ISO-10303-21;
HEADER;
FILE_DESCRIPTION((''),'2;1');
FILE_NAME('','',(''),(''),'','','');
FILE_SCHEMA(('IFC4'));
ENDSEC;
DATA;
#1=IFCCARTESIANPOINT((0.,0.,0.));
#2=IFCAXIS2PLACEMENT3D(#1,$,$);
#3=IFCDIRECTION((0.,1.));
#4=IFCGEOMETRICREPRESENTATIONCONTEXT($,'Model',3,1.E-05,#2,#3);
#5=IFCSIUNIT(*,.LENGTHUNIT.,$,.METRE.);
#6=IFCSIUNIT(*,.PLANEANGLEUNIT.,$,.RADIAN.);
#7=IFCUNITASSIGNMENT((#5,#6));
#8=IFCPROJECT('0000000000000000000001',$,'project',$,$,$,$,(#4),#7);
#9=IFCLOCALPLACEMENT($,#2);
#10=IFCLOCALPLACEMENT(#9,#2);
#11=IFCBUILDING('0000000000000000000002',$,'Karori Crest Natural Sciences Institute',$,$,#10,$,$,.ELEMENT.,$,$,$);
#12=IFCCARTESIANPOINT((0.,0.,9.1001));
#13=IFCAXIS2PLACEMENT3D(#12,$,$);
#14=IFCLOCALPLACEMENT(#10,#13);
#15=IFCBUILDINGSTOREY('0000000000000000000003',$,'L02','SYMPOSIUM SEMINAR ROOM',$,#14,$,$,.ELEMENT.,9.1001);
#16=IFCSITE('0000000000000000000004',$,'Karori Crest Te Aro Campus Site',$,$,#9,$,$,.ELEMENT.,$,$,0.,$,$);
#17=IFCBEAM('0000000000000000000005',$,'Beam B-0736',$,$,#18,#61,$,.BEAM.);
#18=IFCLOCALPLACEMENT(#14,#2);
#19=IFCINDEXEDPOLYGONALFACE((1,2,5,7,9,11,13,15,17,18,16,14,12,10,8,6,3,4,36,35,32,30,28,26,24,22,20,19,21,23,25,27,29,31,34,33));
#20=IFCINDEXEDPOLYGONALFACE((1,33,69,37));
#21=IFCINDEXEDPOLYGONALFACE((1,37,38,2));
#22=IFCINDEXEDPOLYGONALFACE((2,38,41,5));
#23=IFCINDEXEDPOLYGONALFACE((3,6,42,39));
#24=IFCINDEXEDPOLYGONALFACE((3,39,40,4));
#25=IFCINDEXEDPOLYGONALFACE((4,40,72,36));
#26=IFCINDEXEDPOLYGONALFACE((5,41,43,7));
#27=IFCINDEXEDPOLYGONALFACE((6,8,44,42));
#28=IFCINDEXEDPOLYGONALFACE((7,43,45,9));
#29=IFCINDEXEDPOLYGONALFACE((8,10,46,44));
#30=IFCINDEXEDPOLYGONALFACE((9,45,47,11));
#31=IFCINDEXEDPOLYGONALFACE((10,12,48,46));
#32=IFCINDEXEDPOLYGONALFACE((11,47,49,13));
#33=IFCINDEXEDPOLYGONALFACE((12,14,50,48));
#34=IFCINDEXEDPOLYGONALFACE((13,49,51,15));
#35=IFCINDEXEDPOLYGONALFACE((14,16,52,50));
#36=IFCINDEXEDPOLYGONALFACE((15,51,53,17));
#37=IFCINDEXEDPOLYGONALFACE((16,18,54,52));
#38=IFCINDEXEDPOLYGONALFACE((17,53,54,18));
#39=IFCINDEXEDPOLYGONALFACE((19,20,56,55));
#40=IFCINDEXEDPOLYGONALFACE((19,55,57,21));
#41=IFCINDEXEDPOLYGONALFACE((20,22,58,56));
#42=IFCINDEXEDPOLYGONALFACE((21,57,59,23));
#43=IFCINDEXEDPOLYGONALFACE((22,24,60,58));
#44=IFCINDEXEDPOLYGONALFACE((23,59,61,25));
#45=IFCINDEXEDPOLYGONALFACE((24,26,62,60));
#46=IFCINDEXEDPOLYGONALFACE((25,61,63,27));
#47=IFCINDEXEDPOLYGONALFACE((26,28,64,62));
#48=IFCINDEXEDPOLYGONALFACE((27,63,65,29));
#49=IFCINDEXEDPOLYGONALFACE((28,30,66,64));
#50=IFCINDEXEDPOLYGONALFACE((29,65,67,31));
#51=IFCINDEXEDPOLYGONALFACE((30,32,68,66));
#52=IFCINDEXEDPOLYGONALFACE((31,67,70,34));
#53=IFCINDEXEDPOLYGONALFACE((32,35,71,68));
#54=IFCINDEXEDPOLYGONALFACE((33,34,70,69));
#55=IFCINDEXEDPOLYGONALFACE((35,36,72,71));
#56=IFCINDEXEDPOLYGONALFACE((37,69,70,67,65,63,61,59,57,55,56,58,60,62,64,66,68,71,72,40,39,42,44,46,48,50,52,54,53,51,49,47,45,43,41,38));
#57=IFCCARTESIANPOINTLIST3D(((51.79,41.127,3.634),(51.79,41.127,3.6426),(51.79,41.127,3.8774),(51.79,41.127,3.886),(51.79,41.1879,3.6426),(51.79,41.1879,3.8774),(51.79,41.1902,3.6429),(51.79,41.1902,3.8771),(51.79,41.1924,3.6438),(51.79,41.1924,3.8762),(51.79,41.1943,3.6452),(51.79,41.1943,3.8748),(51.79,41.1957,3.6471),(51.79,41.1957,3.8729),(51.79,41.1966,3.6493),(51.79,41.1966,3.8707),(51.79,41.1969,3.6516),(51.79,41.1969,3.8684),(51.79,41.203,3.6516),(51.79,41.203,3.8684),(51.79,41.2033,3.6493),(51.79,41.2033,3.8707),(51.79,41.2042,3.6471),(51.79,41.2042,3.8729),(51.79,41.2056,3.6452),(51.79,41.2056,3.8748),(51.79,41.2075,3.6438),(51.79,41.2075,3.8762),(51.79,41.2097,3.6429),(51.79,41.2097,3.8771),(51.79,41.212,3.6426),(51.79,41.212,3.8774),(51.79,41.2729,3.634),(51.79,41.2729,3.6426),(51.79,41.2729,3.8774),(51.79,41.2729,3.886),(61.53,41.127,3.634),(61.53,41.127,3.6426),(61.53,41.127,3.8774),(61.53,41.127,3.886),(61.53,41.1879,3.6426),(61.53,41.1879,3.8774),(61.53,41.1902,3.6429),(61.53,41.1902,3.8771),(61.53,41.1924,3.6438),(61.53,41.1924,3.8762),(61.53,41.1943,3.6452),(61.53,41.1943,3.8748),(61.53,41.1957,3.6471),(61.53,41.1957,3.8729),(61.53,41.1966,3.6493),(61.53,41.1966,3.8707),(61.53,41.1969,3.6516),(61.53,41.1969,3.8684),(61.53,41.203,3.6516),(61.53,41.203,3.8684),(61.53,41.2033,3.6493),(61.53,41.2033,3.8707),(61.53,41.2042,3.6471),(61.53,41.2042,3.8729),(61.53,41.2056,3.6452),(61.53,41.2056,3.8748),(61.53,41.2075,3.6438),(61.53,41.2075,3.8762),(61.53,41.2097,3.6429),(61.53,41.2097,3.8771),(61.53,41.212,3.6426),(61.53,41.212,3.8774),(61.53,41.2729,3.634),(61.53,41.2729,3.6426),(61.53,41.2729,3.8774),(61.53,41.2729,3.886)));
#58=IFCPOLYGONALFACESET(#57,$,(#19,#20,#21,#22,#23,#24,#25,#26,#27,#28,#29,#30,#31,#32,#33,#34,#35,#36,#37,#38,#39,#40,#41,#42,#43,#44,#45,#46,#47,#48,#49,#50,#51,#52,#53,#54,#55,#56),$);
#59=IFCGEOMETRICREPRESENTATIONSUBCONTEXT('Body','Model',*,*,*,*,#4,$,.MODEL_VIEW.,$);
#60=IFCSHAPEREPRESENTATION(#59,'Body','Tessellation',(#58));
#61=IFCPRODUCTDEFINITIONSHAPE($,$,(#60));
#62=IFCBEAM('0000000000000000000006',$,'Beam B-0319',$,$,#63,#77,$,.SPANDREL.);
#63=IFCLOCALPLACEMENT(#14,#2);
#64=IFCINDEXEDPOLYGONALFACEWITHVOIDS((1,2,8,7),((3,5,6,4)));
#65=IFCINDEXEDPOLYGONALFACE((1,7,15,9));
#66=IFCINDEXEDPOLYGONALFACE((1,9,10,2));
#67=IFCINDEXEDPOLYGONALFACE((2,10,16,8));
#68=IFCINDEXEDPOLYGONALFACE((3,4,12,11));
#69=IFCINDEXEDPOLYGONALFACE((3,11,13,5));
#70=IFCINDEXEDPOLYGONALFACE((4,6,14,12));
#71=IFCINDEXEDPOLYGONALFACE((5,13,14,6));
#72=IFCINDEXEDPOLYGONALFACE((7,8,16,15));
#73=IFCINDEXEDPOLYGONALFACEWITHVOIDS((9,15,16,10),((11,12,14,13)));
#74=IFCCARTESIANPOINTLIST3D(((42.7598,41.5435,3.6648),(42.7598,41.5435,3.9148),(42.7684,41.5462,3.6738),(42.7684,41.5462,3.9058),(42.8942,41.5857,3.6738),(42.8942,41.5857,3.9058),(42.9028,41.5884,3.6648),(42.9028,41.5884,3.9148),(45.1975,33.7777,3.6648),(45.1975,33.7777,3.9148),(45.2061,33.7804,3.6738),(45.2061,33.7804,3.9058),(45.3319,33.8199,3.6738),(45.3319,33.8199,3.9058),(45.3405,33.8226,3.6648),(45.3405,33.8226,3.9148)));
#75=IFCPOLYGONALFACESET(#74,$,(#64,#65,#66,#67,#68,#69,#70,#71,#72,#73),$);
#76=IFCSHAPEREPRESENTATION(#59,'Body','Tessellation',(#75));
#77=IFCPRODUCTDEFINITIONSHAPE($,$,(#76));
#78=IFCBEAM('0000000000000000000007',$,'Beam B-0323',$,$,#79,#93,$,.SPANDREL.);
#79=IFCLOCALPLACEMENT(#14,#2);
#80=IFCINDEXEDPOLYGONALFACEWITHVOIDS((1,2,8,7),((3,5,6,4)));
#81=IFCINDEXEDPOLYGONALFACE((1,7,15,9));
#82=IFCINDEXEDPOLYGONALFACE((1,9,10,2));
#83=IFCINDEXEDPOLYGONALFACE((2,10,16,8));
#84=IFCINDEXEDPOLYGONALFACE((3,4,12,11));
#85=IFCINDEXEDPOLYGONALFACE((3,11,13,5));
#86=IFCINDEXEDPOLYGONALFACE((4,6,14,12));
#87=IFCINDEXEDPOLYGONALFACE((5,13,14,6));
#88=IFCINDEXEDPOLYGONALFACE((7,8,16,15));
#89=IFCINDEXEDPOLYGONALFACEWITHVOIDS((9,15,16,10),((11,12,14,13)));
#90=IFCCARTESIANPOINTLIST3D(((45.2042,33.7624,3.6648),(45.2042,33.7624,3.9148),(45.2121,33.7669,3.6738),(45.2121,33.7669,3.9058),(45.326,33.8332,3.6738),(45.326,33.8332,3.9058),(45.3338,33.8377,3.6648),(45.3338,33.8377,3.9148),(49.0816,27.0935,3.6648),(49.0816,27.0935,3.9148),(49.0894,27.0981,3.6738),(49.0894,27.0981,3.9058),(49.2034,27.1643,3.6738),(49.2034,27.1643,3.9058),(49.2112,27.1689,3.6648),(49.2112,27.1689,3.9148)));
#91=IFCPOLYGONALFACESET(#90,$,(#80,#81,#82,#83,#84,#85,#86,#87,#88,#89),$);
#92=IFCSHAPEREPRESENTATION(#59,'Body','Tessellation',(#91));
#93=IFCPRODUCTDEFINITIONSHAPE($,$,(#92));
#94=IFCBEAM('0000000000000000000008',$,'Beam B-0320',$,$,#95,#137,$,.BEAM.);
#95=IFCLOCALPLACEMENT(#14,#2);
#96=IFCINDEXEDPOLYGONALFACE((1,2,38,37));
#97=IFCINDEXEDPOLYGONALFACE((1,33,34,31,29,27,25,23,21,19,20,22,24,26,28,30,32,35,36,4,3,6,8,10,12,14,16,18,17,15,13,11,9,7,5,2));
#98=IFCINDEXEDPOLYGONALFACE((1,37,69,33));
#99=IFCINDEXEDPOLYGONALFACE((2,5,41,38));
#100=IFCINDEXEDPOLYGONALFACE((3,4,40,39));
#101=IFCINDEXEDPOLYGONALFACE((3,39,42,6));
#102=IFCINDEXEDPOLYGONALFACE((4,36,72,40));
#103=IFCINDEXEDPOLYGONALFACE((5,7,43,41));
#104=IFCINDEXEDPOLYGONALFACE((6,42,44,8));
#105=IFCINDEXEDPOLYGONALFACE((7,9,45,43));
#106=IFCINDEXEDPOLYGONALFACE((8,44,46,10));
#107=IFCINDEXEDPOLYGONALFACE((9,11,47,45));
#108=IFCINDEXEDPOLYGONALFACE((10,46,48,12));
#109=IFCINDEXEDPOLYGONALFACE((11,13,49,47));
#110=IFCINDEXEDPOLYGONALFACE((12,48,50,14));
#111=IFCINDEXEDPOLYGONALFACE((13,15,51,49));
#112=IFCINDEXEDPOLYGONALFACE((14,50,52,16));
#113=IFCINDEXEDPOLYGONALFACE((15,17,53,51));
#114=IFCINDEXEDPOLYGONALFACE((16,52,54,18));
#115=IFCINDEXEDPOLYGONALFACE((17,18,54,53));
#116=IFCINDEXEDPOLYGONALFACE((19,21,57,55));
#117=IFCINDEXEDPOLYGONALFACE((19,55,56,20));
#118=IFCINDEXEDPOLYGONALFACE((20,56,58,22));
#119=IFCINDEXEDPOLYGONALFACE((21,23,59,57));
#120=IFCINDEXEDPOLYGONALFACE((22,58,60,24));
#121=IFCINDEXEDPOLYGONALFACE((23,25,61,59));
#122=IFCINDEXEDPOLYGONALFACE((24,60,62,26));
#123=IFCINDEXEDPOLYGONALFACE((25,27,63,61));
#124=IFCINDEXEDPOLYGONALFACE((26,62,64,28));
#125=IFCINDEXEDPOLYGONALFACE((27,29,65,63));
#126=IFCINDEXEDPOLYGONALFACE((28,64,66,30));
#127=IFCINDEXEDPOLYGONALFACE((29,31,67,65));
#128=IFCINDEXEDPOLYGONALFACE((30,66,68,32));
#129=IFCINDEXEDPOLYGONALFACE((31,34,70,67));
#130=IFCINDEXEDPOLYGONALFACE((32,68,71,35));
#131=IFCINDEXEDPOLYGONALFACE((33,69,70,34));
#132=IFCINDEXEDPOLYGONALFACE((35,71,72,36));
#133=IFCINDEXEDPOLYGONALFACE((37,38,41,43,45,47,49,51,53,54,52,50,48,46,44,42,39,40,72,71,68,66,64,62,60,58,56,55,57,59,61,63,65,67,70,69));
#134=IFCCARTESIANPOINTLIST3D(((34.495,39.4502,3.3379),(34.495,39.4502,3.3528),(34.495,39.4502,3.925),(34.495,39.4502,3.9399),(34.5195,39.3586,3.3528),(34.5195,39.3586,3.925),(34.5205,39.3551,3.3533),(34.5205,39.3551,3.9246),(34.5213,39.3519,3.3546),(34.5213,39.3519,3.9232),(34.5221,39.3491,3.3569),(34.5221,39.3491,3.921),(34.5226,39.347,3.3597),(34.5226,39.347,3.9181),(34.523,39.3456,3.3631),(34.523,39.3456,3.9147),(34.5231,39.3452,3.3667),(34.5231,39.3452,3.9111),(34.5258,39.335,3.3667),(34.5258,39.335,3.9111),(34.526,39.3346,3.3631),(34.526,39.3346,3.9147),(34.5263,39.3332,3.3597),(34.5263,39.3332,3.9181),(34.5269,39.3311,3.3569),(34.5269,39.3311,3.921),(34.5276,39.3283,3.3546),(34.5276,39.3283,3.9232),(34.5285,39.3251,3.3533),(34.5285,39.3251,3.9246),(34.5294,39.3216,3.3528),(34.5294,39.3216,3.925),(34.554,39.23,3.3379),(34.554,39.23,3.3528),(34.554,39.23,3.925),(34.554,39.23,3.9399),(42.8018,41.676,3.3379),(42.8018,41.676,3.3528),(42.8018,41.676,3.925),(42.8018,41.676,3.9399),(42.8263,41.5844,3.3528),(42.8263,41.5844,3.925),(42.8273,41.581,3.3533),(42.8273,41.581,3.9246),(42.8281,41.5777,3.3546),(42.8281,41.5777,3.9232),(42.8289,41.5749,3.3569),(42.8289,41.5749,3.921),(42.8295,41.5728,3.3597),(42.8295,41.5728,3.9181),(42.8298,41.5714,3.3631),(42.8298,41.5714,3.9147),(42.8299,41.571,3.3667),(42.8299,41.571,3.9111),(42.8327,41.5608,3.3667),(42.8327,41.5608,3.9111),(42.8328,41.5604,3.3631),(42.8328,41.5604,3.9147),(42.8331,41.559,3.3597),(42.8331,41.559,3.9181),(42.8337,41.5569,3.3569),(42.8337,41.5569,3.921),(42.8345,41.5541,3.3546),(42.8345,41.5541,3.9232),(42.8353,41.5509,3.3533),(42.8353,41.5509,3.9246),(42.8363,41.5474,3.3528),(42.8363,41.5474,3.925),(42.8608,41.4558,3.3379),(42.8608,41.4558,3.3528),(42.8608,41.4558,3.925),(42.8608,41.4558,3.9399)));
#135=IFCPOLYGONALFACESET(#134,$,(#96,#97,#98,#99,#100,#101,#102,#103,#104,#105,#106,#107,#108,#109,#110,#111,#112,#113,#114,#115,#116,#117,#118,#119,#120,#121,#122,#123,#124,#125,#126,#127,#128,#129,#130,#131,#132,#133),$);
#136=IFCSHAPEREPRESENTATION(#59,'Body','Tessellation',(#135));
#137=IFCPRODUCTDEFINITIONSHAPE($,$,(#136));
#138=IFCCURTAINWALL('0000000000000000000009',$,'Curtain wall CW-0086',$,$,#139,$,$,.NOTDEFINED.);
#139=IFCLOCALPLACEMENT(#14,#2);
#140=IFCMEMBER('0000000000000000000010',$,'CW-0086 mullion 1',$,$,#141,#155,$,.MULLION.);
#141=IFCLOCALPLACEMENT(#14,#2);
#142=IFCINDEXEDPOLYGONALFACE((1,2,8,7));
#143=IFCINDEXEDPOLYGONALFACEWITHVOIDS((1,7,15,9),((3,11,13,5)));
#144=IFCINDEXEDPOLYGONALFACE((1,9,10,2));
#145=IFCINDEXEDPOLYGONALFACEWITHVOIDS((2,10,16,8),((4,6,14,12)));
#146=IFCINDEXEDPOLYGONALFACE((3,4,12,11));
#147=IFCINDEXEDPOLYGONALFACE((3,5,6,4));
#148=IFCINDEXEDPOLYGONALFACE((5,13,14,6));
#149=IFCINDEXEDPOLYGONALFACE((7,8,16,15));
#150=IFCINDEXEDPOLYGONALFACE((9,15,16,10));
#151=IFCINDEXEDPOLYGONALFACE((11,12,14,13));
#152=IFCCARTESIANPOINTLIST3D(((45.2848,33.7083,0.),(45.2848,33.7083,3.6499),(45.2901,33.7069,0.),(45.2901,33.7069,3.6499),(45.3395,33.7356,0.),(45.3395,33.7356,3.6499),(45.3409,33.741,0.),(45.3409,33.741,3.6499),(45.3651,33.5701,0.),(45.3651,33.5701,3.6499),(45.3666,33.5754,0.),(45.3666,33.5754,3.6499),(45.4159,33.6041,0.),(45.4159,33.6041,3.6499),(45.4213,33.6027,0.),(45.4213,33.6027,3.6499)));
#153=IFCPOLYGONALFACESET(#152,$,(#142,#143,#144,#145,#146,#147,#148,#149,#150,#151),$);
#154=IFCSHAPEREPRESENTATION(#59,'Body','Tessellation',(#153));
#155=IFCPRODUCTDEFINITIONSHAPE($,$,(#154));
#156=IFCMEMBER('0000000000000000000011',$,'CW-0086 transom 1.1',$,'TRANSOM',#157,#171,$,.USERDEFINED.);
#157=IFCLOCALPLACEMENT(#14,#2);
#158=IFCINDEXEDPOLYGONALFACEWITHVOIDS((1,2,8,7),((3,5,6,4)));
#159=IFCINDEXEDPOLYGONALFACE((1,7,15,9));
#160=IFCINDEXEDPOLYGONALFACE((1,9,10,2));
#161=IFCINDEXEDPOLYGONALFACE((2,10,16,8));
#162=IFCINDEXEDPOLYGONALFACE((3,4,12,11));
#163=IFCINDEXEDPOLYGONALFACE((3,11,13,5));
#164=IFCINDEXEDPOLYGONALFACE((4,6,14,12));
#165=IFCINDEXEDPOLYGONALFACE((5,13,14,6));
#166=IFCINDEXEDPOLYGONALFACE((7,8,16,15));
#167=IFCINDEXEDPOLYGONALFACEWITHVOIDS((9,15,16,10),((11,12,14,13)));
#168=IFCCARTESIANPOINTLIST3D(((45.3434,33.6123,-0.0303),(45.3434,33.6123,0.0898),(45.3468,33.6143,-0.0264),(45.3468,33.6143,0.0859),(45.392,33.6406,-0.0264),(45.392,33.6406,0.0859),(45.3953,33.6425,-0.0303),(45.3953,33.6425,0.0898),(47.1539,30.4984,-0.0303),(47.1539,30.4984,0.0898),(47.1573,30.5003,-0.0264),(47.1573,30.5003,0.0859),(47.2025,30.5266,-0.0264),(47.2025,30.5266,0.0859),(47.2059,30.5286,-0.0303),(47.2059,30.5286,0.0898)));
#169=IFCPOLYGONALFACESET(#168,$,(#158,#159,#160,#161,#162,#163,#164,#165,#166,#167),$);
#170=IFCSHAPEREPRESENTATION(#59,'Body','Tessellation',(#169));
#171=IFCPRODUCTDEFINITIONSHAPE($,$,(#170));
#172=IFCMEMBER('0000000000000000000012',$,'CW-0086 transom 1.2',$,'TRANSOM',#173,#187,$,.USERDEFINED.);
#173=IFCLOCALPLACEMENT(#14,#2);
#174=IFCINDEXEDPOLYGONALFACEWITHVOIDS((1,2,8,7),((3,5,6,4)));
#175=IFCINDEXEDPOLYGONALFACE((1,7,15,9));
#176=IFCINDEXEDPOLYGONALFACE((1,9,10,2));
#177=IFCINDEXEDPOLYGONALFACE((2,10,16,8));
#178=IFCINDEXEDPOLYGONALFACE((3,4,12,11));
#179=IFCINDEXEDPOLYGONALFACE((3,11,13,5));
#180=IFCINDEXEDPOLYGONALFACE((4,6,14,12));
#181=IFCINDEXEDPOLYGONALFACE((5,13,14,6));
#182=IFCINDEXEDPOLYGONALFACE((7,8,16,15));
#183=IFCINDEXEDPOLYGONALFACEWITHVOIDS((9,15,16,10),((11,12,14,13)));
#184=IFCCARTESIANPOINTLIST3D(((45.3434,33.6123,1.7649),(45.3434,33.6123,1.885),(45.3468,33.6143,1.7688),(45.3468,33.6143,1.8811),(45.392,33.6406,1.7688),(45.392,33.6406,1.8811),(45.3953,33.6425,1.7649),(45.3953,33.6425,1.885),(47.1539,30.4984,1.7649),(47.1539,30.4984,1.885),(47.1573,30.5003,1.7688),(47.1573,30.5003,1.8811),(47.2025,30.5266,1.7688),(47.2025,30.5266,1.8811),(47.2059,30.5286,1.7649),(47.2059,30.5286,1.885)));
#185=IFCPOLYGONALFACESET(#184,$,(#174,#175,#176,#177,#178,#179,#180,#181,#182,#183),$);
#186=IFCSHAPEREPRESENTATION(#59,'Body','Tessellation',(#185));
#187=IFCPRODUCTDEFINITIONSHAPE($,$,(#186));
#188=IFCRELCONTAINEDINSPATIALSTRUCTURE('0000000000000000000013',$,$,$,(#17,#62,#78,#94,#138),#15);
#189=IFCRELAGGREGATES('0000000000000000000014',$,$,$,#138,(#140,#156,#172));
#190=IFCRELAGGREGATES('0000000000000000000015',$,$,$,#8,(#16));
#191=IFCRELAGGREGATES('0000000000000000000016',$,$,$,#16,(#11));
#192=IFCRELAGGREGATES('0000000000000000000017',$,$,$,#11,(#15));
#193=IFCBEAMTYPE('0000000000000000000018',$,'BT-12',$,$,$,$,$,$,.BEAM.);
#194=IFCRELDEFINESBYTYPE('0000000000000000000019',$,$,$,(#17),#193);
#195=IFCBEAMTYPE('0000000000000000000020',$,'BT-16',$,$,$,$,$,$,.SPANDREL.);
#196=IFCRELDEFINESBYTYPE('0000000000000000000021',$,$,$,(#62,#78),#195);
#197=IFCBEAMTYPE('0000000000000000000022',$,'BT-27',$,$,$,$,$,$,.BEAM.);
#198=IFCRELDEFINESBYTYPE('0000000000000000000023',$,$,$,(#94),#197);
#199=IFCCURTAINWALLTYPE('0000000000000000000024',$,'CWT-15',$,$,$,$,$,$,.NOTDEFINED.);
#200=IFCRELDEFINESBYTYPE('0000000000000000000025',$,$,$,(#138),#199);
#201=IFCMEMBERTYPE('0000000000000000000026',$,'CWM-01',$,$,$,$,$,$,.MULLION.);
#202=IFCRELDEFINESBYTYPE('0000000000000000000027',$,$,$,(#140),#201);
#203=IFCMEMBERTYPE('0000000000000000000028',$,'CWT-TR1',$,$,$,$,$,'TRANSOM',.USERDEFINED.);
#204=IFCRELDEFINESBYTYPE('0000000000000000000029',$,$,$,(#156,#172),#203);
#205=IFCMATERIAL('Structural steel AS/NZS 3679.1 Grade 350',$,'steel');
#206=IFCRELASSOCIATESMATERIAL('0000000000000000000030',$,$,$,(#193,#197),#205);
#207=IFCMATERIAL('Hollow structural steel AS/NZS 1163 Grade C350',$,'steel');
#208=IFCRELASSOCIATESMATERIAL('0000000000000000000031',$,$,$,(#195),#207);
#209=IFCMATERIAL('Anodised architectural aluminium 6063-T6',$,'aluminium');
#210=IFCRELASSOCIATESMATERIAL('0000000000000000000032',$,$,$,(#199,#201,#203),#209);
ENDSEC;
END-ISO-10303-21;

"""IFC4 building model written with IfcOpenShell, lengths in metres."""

from ifc_helpers import new_model, si_unit, direction, frame, origin, origin_2d, place, context, subcontext, project, spatial, hollow_rectangle, i_section, extrude, material, material_profile, profile_set, type_object, element, aggregate, save


model = new_model("IFC4")

# Units and contexts
model_context = context("Model", 3, precision=1e-05, world=origin(), true_north=direction((0.0, 1.0)))
body_context = subcontext(model_context, "Body", "Model", "MODEL_VIEW")
ifc_project = project(units=[si_unit("LENGTHUNIT", "METRE"), si_unit("PLANEANGLEUNIT", "RADIAN")], contexts=[model_context])

# Site, building, storey
site_placement = place(None, origin())
site = spatial("IfcSite", under=ifc_project, at=site_placement, Name="Karori Crest Te Aro Campus Site", CompositionType="ELEMENT", RefElevation=0.0)
building_placement = place(site_placement, origin())
building = spatial("IfcBuilding", under=site, at=building_placement, Name="Karori Crest Natural Sciences Institute", CompositionType="ELEMENT")
storey_placement = place(building_placement, frame((0.0, 0.0, 9.1001)))
storey = spatial("IfcBuildingStorey", under=building, at=storey_placement, Name="L02", Description="SYMPOSIUM SEMINAR ROOM", CompositionType="ELEMENT", Elevation=9.1001)

# Shared definitions
ifc_material_1 = material(Name="Hollow structural steel AS/NZS 1163 Grade C350", Category="steel")
ifc_material_2 = material(Name="Structural steel AS/NZS 3679.1 Grade 350", Category="steel")

# Beams
ifc_material_profile_1 = material_profile(ifc_material_2, i_section(OverallWidth=0.146, OverallDepth=0.252, WebThickness=0.0061, FlangeThickness=0.0085, FilletRadius=0.009, at=origin_2d()), Name="250UB31.4")
ifc_profile_set_1 = profile_set([ifc_material_profile_1], Name="Structural steel AS/NZS 3679.1 Grade 350")
beam_type_1 = type_object("IfcBeamType", Name="BT-12", PredefinedType="BEAM", material=ifc_profile_set_1)
beam_1_placement = place(storey_placement, frame((51.79, 41.2, 3.76), z_axis=(1.0, 0.0, 0.0), x_axis=(0.0, 1.0, 0.0)))
element("IfcBeam", 1, at=beam_1_placement, inside=storey, type_object=beam_type_1, Name="Beam B-0736", PredefinedType="BEAM", context=body_context, shape_type="SweptSolid", body=[
    extrude(i_section(OverallWidth=0.146, OverallDepth=0.252, WebThickness=0.0061, FlangeThickness=0.0085, FilletRadius=0.009, at=origin_2d()), origin(), (0.0, 0.0, 1.0), 9.74),
])
ifc_material_profile_2 = material_profile(ifc_material_1, hollow_rectangle(XDim=0.1499, YDim=0.25, WallThickness=0.009, at=origin_2d()), Name="RHS250x150x9")
ifc_profile_set_2 = profile_set([ifc_material_profile_2], Name="Hollow structural steel AS/NZS 1163 Grade C350")
beam_type_2 = type_object("IfcBeamType", Name="BT-16", PredefinedType="SPANDREL", material=ifc_profile_set_2)
beam_2_placement = place(storey_placement, frame((42.8313, 41.5659, 3.7898), z_axis=(0.299496, -0.954098, 0.0), x_axis=(0.954098, 0.299496, 0.0)))
element("IfcBeam", 2, at=beam_2_placement, inside=storey, type_object=beam_type_2, Name="Beam B-0319", PredefinedType="SPANDREL", context=body_context, shape_type="SweptSolid", body=[
    extrude(hollow_rectangle(XDim=0.1499, YDim=0.25, WallThickness=0.009, at=origin_2d()), origin(), (0.0, 0.0, 1.0), 8.1394),
])
beam_3_placement = place(storey_placement, frame((45.269, 33.8, 3.7898), z_axis=(0.502635, -0.864499, 0.0), x_axis=(0.864499, 0.502635, 0.0)))
element("IfcBeam", 3, at=beam_3_placement, inside=storey, type_object=beam_type_2, Name="Beam B-0323", PredefinedType="SPANDREL", context=body_context, shape_type="SweptSolid", body=[
    extrude(hollow_rectangle(XDim=0.1499, YDim=0.25, WallThickness=0.009, at=origin_2d()), origin(), (0.0, 0.0, 1.0), 7.7141),
])
ifc_material_profile_3 = material_profile(ifc_material_2, i_section(OverallWidth=0.228, OverallDepth=0.6021, WebThickness=0.0105, FlangeThickness=0.0149, FilletRadius=0.0139, at=origin_2d()), Name="610UB101")
ifc_profile_set_3 = profile_set([ifc_material_profile_3], Name="Structural steel AS/NZS 3679.1 Grade 350")
beam_type_3 = type_object("IfcBeamType", Name="BT-27", PredefinedType="BEAM", material=ifc_profile_set_3)
beam_4_placement = place(storey_placement, frame((42.8313, 41.5659, 3.6389), z_axis=(-0.965926, -0.25882, 0.0), x_axis=(0.25882, -0.965926, 0.0)))
element("IfcBeam", 4, at=beam_4_placement, inside=storey, type_object=beam_type_3, Name="Beam B-0320", PredefinedType="BEAM", context=body_context, shape_type="SweptSolid", body=[
    extrude(i_section(OverallWidth=0.228, OverallDepth=0.6021, WebThickness=0.0105, FlangeThickness=0.0149, FilletRadius=0.0139, at=origin_2d()), origin(), (0.0, 0.0, 1.0), 8.5999),
])

# Curtain wall, members
ifc_material_3 = material(Name="Anodised architectural aluminium 6063-T6", Category="aluminium")
curtain_wall_type = type_object("IfcCurtainWallType", Name="CWT-15", PredefinedType="NOTDEFINED", material=ifc_material_3)
curtain_wall_placement = place(storey_placement, origin())
curtain_wall = element("IfcCurtainWall", 5, at=curtain_wall_placement, inside=storey, type_object=curtain_wall_type, Name="Curtain wall CW-0086", PredefinedType="NOTDEFINED")
ifc_material_profile_4 = material_profile(ifc_material_3, hollow_rectangle(XDim=0.0649, YDim=0.1599, WallThickness=0.0039, at=origin_2d()), Name="CWM160x65x4")
ifc_profile_set_4 = profile_set([ifc_material_profile_4], Name="Anodised architectural aluminium 6063-T6")
member_type_1 = type_object("IfcMemberType", Name="CWM-01", PredefinedType="MULLION", material=ifc_profile_set_4)
member_1_placement = place(storey_placement, frame((45.353, 33.6555, 0.0), z_axis=(0.0, 0.0, 1.0), x_axis=(0.864484, 0.50266, 0.0)))
member_1 = element("IfcMember", 6, at=member_1_placement, type_object=member_type_1, Name="CW-0086 mullion 1", PredefinedType="MULLION", context=body_context, shape_type="SweptSolid", body=[
    extrude(hollow_rectangle(XDim=0.0649, YDim=0.1599, WallThickness=0.0039, at=origin_2d()), origin(), (0.0, 0.0, 1.0), 3.6499),
])
ifc_material_profile_5 = material_profile(ifc_material_3, hollow_rectangle(XDim=0.0601, YDim=0.1201, WallThickness=0.0039, at=origin_2d()), Name="CWT120x60x4")
ifc_profile_set_5 = profile_set([ifc_material_profile_5], Name="Anodised architectural aluminium 6063-T6")
member_type_2 = type_object("IfcMemberType", Name="CWT-TR1", ElementType="TRANSOM", PredefinedType="USERDEFINED", material=ifc_profile_set_5)
member_2_placement = place(storey_placement, frame((45.3694, 33.6274, 0.0298), z_axis=(0.502636, -0.864498, 0.0), x_axis=(0.864498, 0.502636, 0.0)))
member_2 = element("IfcMember", 7, at=member_2_placement, type_object=member_type_2, Name="CW-0086 transom 1.1", ObjectType="TRANSOM", PredefinedType="USERDEFINED", context=body_context, shape_type="SweptSolid", body=[
    extrude(hollow_rectangle(XDim=0.0601, YDim=0.1201, WallThickness=0.0039, at=origin_2d()), origin(), (0.0, 0.0, 1.0), 3.6021),
])
member_3_placement = place(storey_placement, frame((45.3694, 33.6274, 1.825), z_axis=(0.502636, -0.864498, 0.0), x_axis=(0.864498, 0.502636, 0.0)))
member_3 = element("IfcMember", 8, at=member_3_placement, type_object=member_type_2, Name="CW-0086 transom 1.2", ObjectType="TRANSOM", PredefinedType="USERDEFINED", context=body_context, shape_type="SweptSolid", body=[
    extrude(hollow_rectangle(XDim=0.0601, YDim=0.1201, WallThickness=0.0039, at=origin_2d()), origin(), (0.0, 0.0, 1.0), 3.6021),
])

aggregate(curtain_wall, [member_1, member_2, member_3])

save(model, "model.ifc")
